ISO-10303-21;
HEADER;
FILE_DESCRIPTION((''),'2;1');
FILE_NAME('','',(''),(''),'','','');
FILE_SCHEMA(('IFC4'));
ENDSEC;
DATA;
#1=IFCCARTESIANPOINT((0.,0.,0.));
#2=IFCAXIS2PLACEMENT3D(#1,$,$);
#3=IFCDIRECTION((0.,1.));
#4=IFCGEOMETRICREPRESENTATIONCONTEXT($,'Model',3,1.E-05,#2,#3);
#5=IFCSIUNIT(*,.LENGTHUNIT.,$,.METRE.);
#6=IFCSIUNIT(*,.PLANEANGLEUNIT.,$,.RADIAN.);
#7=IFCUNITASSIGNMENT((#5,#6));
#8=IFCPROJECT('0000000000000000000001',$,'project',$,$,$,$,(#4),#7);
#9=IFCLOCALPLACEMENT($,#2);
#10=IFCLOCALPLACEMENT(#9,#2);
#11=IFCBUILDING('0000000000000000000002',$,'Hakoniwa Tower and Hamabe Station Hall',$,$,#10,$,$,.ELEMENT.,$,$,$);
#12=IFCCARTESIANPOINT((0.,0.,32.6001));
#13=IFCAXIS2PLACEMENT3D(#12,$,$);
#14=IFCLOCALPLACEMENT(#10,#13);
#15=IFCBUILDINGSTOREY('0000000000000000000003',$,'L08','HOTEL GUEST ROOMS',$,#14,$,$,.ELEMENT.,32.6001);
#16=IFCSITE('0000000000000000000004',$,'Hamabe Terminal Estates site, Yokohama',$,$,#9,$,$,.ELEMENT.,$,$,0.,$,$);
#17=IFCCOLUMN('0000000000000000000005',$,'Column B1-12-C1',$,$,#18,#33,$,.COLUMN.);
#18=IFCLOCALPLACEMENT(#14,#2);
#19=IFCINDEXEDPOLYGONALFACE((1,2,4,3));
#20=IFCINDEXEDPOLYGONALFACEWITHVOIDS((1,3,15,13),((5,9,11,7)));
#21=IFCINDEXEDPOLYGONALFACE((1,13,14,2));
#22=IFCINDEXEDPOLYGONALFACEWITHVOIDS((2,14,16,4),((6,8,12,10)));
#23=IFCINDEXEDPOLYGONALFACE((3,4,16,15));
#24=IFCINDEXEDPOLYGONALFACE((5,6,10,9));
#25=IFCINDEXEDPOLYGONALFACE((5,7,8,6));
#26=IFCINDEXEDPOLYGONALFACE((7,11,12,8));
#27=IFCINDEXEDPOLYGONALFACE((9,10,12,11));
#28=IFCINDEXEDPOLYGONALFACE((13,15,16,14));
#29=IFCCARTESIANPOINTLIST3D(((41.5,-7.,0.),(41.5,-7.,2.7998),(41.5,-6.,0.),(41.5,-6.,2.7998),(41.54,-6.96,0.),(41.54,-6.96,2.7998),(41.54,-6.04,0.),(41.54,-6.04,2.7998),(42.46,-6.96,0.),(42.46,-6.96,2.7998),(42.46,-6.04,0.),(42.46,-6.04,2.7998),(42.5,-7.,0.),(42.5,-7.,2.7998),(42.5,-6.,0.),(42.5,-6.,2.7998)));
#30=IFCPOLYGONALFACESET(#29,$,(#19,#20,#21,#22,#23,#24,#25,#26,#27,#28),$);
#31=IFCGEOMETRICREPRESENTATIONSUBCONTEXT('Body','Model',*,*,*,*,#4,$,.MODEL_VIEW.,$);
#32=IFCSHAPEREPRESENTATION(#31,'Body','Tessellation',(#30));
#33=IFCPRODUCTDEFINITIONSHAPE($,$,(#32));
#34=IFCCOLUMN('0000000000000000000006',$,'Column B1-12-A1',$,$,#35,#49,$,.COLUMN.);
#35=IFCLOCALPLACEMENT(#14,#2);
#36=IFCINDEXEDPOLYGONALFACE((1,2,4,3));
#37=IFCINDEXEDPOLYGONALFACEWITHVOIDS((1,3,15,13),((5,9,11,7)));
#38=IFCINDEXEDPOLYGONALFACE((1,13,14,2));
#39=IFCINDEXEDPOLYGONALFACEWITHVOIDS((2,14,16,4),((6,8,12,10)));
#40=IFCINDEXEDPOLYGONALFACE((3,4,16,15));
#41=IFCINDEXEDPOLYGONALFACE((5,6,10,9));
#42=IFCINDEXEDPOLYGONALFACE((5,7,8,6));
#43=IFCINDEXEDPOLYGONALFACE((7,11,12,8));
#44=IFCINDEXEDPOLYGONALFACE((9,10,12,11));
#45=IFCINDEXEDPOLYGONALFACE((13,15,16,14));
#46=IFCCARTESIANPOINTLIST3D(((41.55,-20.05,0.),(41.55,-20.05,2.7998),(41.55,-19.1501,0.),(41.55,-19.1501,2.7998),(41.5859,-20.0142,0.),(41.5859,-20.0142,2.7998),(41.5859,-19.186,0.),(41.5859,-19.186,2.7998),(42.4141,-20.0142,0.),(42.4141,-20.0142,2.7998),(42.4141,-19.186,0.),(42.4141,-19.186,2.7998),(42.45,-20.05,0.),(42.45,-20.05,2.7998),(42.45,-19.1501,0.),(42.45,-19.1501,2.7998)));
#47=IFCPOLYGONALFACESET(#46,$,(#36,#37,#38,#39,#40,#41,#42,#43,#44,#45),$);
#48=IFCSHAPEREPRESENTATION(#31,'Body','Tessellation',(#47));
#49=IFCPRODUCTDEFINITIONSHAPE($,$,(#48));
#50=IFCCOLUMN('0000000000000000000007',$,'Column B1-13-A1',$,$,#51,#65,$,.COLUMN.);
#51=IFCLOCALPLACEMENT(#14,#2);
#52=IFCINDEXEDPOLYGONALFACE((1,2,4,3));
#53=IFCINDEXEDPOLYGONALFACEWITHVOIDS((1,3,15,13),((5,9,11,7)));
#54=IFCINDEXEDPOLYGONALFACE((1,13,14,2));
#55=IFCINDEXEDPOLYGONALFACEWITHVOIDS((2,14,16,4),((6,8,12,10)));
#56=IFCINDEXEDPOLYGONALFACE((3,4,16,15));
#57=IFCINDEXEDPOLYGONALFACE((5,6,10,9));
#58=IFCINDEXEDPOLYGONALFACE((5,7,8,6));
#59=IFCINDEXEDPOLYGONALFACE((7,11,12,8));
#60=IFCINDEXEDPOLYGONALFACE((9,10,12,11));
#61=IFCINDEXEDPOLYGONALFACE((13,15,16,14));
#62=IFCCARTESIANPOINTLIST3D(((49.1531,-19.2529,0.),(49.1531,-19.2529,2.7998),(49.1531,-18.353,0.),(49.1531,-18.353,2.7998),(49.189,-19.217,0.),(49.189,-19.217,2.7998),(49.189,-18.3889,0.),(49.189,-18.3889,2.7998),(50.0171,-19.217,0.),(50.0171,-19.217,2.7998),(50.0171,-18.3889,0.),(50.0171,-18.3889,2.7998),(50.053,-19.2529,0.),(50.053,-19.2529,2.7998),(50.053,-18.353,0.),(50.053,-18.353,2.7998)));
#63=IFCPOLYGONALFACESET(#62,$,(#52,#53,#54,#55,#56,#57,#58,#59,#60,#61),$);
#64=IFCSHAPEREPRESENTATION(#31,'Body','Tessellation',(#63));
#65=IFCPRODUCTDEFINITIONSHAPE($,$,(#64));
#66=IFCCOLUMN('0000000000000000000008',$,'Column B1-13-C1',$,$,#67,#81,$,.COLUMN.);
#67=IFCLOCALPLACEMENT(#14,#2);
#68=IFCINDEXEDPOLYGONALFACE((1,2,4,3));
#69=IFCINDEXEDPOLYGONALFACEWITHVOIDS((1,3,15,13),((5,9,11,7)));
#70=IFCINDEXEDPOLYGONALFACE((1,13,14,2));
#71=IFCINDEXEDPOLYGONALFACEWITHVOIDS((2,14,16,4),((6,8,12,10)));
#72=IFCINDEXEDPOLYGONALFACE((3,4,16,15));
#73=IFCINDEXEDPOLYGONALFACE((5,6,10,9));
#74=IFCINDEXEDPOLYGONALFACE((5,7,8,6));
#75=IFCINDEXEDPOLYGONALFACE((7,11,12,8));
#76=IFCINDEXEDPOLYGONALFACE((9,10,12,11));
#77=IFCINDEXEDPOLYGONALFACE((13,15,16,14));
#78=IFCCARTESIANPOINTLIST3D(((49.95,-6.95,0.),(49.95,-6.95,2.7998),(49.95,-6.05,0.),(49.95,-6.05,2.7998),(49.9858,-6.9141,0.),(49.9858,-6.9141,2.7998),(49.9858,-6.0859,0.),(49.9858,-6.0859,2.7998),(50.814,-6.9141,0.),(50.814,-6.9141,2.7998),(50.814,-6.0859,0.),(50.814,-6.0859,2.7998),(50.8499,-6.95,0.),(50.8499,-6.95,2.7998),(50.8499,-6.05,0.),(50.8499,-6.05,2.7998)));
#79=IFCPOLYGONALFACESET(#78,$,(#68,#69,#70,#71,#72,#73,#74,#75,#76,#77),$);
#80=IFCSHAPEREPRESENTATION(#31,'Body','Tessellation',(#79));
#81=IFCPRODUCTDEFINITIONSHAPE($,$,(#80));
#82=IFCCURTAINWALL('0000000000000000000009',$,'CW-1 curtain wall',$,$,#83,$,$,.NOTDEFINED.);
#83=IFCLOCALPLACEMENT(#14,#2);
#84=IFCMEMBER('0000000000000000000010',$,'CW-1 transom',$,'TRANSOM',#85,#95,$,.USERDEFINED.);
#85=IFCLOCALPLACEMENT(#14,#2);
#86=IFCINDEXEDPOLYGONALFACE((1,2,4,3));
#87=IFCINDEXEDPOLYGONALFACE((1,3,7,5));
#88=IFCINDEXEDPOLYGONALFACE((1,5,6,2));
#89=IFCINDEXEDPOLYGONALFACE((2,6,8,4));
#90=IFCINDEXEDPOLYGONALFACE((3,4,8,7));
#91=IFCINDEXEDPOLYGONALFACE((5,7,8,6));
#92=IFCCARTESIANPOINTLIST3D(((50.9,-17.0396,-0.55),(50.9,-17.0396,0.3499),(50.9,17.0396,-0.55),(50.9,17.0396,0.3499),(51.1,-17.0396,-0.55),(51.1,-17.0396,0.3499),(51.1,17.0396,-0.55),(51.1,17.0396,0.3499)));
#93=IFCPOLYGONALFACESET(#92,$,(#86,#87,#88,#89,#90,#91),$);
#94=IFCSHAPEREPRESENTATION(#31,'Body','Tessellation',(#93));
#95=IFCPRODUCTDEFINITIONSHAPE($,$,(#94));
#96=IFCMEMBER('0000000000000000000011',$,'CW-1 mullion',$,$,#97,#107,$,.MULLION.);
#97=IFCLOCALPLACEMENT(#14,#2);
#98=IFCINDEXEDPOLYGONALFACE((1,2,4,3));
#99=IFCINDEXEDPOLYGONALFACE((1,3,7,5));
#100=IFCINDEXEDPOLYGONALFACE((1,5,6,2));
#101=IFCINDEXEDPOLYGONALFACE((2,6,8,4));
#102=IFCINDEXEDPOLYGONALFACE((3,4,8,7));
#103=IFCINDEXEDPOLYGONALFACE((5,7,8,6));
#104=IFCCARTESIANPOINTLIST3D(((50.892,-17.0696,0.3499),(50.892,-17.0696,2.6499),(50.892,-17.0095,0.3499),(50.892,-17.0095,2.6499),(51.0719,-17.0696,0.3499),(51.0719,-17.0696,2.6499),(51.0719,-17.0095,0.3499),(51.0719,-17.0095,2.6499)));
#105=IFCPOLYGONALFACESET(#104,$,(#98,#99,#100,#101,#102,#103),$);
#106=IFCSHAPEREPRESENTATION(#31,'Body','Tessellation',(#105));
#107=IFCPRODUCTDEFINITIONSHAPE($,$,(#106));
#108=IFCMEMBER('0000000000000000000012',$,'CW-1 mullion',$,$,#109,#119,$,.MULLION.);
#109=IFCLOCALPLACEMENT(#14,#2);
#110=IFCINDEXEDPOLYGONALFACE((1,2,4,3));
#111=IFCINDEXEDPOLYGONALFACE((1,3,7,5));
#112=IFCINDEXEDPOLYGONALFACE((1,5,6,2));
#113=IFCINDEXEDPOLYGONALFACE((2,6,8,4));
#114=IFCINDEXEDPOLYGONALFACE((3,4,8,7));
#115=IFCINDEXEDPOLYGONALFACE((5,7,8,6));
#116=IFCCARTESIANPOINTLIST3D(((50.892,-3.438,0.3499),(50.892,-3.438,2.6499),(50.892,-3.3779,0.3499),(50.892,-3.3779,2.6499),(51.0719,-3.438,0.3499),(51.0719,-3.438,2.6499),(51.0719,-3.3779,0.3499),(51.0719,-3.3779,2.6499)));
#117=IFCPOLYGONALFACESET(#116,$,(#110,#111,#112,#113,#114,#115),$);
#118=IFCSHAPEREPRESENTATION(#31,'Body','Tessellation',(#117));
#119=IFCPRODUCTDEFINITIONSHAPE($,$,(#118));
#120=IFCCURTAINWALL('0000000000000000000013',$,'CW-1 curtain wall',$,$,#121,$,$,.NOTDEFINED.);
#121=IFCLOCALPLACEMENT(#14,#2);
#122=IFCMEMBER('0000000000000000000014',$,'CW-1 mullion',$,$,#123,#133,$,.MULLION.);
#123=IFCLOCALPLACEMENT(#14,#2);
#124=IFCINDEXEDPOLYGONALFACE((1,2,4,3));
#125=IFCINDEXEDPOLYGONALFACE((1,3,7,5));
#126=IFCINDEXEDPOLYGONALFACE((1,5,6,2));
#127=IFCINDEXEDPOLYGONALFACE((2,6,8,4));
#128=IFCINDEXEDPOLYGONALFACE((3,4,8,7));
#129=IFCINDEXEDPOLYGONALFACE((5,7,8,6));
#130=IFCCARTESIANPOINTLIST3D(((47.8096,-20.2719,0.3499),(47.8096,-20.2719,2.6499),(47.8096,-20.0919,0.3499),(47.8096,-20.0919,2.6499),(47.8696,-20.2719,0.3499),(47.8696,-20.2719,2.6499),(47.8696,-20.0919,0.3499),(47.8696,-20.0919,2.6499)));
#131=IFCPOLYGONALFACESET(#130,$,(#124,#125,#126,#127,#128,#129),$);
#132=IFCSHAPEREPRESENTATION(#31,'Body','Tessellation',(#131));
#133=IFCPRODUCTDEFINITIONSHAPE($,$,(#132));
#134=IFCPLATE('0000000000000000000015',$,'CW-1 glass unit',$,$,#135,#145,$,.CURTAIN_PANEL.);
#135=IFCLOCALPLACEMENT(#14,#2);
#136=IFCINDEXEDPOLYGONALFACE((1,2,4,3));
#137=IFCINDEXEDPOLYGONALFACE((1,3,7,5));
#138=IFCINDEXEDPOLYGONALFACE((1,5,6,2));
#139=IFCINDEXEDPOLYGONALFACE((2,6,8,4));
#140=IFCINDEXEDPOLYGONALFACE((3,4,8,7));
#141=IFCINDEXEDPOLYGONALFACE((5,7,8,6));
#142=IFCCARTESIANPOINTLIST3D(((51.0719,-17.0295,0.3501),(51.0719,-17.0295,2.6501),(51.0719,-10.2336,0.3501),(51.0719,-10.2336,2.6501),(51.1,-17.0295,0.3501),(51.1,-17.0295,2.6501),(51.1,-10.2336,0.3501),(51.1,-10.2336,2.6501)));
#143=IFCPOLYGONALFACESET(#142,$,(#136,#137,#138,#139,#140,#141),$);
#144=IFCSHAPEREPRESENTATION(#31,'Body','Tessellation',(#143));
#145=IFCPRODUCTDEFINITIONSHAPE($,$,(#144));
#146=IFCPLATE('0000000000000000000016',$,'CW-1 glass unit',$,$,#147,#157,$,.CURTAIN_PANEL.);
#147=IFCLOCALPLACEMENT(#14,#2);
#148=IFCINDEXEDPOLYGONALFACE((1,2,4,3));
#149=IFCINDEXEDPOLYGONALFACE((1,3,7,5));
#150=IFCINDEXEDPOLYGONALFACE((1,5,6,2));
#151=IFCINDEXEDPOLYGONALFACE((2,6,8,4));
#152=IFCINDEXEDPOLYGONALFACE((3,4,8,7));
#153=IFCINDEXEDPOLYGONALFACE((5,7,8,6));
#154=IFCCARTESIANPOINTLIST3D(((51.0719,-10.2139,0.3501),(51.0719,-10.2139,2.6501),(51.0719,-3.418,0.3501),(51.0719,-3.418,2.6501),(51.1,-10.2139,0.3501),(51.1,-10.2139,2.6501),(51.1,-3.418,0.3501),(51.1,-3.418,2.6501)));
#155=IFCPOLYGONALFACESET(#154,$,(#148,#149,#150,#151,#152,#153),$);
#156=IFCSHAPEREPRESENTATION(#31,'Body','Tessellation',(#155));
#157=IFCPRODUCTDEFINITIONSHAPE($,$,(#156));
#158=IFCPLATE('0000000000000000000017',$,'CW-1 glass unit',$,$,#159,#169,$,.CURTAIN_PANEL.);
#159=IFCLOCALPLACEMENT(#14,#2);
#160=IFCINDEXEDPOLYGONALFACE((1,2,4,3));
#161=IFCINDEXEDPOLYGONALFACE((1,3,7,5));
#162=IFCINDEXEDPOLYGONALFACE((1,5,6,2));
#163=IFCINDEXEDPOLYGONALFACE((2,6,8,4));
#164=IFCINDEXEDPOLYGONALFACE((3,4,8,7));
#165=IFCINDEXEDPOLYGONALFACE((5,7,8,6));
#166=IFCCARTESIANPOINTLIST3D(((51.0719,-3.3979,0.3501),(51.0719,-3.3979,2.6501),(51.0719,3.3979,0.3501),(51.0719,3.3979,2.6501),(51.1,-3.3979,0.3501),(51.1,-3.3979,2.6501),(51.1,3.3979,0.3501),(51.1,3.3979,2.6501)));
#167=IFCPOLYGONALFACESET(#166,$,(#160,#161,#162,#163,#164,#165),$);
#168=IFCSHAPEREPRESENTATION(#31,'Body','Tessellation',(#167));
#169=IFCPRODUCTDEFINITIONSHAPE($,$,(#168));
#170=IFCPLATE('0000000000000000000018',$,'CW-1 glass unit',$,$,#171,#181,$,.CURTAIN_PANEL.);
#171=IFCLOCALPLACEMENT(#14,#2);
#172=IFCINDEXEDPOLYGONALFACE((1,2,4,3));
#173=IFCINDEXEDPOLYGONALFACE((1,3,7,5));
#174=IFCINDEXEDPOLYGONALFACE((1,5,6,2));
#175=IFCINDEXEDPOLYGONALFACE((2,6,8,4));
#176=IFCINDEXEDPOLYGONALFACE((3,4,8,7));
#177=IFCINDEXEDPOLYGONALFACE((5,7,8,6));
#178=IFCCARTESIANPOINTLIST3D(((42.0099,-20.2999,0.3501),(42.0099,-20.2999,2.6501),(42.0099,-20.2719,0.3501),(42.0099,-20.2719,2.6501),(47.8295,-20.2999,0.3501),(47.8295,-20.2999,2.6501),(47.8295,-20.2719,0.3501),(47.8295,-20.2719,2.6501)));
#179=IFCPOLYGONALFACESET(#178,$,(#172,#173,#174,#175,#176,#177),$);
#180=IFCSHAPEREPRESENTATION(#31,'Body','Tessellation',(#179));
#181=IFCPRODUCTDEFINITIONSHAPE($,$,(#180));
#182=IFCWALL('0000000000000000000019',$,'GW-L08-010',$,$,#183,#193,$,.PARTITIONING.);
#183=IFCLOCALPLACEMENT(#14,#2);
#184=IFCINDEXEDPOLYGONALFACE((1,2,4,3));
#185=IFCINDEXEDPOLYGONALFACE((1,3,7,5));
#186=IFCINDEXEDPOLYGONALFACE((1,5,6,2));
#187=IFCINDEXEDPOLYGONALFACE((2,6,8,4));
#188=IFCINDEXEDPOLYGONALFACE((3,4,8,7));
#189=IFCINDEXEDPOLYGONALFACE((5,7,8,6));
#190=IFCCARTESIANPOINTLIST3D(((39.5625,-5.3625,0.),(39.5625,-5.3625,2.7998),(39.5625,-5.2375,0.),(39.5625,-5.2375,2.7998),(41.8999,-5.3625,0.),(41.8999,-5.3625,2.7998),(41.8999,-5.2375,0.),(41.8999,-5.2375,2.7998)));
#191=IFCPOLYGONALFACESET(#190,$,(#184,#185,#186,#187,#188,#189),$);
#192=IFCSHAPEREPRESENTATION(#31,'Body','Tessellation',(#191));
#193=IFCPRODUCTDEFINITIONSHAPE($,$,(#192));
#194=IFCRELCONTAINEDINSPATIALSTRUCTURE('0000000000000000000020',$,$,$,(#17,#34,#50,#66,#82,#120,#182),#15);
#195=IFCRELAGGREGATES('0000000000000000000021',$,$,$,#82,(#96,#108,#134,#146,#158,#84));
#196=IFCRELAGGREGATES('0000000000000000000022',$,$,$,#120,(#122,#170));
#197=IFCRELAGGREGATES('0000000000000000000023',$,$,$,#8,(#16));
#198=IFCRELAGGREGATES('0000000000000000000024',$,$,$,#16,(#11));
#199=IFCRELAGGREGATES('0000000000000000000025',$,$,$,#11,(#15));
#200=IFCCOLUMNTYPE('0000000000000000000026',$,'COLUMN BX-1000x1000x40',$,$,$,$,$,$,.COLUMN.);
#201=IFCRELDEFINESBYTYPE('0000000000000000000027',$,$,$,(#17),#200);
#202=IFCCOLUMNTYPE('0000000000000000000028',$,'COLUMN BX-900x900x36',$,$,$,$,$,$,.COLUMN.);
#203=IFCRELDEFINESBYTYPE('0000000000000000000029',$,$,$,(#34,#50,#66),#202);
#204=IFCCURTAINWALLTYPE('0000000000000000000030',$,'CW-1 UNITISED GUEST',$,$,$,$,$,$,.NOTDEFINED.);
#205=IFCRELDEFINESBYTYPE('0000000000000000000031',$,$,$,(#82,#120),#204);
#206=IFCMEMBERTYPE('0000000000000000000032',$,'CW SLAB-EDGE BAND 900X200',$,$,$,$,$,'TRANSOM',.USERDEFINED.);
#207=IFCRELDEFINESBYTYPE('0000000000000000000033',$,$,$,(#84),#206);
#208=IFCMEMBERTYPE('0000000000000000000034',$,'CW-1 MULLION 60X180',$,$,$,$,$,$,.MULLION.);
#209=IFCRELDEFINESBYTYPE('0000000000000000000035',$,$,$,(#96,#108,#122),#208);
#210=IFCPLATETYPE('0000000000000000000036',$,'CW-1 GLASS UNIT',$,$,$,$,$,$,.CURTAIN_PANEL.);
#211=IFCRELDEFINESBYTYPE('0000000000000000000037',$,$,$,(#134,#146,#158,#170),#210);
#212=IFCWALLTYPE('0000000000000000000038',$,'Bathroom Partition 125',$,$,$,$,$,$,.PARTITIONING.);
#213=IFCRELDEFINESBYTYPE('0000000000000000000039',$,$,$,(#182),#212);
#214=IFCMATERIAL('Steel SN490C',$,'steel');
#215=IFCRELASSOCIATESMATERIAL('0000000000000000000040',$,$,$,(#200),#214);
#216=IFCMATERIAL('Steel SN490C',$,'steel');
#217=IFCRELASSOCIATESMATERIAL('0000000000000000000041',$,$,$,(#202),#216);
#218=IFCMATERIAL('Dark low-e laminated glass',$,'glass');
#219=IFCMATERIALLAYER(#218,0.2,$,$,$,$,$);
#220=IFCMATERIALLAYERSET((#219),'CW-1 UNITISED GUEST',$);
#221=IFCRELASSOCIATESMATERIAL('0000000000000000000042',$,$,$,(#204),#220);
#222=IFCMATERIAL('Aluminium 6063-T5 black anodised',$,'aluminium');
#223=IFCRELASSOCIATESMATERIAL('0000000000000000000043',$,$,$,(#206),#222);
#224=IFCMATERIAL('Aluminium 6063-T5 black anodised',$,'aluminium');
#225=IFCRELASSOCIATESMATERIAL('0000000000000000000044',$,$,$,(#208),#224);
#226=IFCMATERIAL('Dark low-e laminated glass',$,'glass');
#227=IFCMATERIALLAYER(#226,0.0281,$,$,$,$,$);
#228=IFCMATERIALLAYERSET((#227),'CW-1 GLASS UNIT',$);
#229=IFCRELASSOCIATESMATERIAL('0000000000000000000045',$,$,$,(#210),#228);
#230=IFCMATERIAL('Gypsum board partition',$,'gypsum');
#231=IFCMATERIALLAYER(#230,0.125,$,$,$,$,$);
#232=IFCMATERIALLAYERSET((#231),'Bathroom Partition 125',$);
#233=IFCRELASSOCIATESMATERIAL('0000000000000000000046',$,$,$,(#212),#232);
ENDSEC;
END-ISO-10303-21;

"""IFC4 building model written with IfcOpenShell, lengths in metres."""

from ifc_helpers import new_model, si_unit, direction, frame, frame_2d, origin, origin_2d, place, context, subcontext, project, spatial, rectangle, hollow_rectangle, extrude, material, layer, layer_set, material_profile, profile_set, type_object, element, aggregate, save


model = new_model("IFC4")

# Units and contexts
model_context = context("Model", 3, precision=1e-05, world=origin(), true_north=direction((0.0, 1.0)))
body_context = subcontext(model_context, "Body", "Model", "MODEL_VIEW")
ifc_project = project(units=[si_unit("LENGTHUNIT", "METRE"), si_unit("PLANEANGLEUNIT", "RADIAN")], contexts=[model_context])

# Site, building, storey
site_placement = place(None, origin())
site = spatial("IfcSite", under=ifc_project, at=site_placement, Name="Hamabe Terminal Estates site, Yokohama", CompositionType="ELEMENT", RefElevation=0.0)
building_placement = place(site_placement, origin())
building = spatial("IfcBuilding", under=site, at=building_placement, Name="Hakoniwa Tower and Hamabe Station Hall", CompositionType="ELEMENT")
storey_placement = place(building_placement, frame((0.0, 0.0, 32.6001)))
storey = spatial("IfcBuildingStorey", under=building, at=storey_placement, Name="L08", Description="HOTEL GUEST ROOMS", CompositionType="ELEMENT", Elevation=32.6001)

# Columns
ifc_material_1 = material(Name="Steel SN490C", Category="steel")
ifc_material_profile_1 = material_profile(ifc_material_1, hollow_rectangle(XDim=1.0, YDim=1.0, WallThickness=0.04, at=origin_2d()), Name="BX-1000x1000x40")
ifc_profile_set_1 = profile_set([ifc_material_profile_1], Name="Steel SN490C")
column_type_1 = type_object("IfcColumnType", Name="COLUMN BX-1000x1000x40", PredefinedType="COLUMN", material=ifc_profile_set_1)
column_placement = place(storey_placement, frame((42.0, -6.5, 0.0), z_axis=(0.0, 0.0, 1.0), x_axis=(1.0, 0.0, 0.0)))
element("IfcColumn", 1, at=column_placement, inside=storey, type_object=column_type_1, Name="Column B1-12-C1", PredefinedType="COLUMN", context=body_context, shape_type="SweptSolid", body=[
    extrude(hollow_rectangle(XDim=1.0, YDim=1.0, WallThickness=0.04, at=origin_2d()), origin(), (0.0, 0.0, 1.0), 2.7998),
])
ifc_material_2 = material(Name="Steel SN490C", Category="steel")
ifc_material_profile_2 = material_profile(ifc_material_2, hollow_rectangle(XDim=0.8999, YDim=0.8999, WallThickness=0.0359, at=origin_2d()), Name="BX-900x900x36")
ifc_profile_set_2 = profile_set([ifc_material_profile_2], Name="Steel SN490C")
column_type_2 = type_object("IfcColumnType", Name="COLUMN BX-900x900x36", PredefinedType="COLUMN", material=ifc_profile_set_2)
for number, where, z_axis, x_axis, name in (
    (2, (42.0, -19.6001, 0.0), (0.0, 0.0, 1.0), (1.0, 0.0, 0.0), "Column B1-12-A1"),
    (3, (49.603, -18.803, 0.0), (0.0, 0.0, 1.0), (1.0, 0.0, 0.0), "Column B1-13-A1"),
    (4, (50.3999, -6.5, 0.0), (0.0, 0.0, 1.0), (1.0, 0.0, 0.0), "Column B1-13-C1"),
):
    element("IfcColumn", number, at=place(storey_placement, frame(where, z_axis=z_axis, x_axis=x_axis)), inside=storey, type_object=column_type_2, Name=name, PredefinedType="COLUMN", context=body_context, shape_type="SweptSolid", body=[
        extrude(hollow_rectangle(XDim=0.8999, YDim=0.8999, WallThickness=0.0359, at=origin_2d()), origin(), (0.0, 0.0, 1.0), 2.7998),
    ])

# Curtain wall, members
ifc_material_3 = material(Name="Dark low-e laminated glass", Category="glass")
ifc_layer_1 = layer(ifc_material_3, 0.2)
ifc_layer_set_1 = layer_set([ifc_layer_1], Name="CW-1 UNITISED GUEST")
curtain_wall_type = type_object("IfcCurtainWallType", Name="CW-1 UNITISED GUEST", PredefinedType="NOTDEFINED", material=ifc_layer_set_1)
curtain_wall_1_placement = place(storey_placement, origin())
curtain_wall_1 = element("IfcCurtainWall", 5, at=curtain_wall_1_placement, inside=storey, type_object=curtain_wall_type, Name="CW-1 curtain wall", PredefinedType="NOTDEFINED")
ifc_material_4 = material(Name="Aluminium 6063-T5 black anodised", Category="aluminium")
ifc_material_profile_3 = material_profile(ifc_material_4, rectangle(XDim=0.2, YDim=0.8999, at=origin_2d()), Name="CW SLAB-EDGE BAND 900X200")
ifc_profile_set_3 = profile_set([ifc_material_profile_3], Name="Aluminium 6063-T5 black anodised")
member_type_1 = type_object("IfcMemberType", Name="CW SLAB-EDGE BAND 900X200", ElementType="TRANSOM", PredefinedType="USERDEFINED", material=ifc_profile_set_3)
member_1_placement = place(storey_placement, frame((51.0, -17.0396, -0.1001), z_axis=(0.0, 1.0, 0.0), x_axis=(-1.0, 0.0, 0.0)))
member_1 = element("IfcMember", 6, at=member_1_placement, type_object=member_type_1, Name="CW-1 transom", ObjectType="TRANSOM", PredefinedType="USERDEFINED", context=body_context, shape_type="SweptSolid", body=[
    extrude(rectangle(XDim=0.2, YDim=0.8999, at=origin_2d()), origin(), (0.0, 0.0, 1.0), 34.0791),
])
ifc_material_5 = material(Name="Aluminium 6063-T5 black anodised", Category="aluminium")
ifc_material_profile_4 = material_profile(ifc_material_5, rectangle(XDim=0.0601, YDim=0.1799, at=origin_2d()), Name="CW-1 MULLION 60X180")
ifc_profile_set_4 = profile_set([ifc_material_profile_4], Name="Aluminium 6063-T5 black anodised")
member_type_2 = type_object("IfcMemberType", Name="CW-1 MULLION 60X180", PredefinedType="MULLION", material=ifc_profile_set_4)
member_2_placement = place(storey_placement, frame((50.9819, -17.0396, 0.3499), z_axis=(0.0, 0.0, 1.0), x_axis=(0.0, 1.0, 0.0)))
member_2 = element("IfcMember", 7, at=member_2_placement, type_object=member_type_2, Name="CW-1 mullion", PredefinedType="MULLION", context=body_context, shape_type="SweptSolid", body=[
    extrude(rectangle(XDim=0.0601, YDim=0.1799, at=origin_2d()), origin(), (0.0, 0.0, 1.0), 2.3),
])
member_3_placement = place(storey_placement, frame((50.9819, -3.408, 0.3499), z_axis=(0.0, 0.0, 1.0), x_axis=(0.0, 1.0, 0.0)))
member_3 = element("IfcMember", 8, at=member_3_placement, type_object=member_type_2, Name="CW-1 mullion", PredefinedType="MULLION", context=body_context, shape_type="SweptSolid", body=[
    extrude(rectangle(XDim=0.0601, YDim=0.1799, at=origin_2d()), origin(), (0.0, 0.0, 1.0), 2.3),
])

# Curtain wall, member
curtain_wall_2_placement = place(storey_placement, origin())
curtain_wall_2 = element("IfcCurtainWall", 9, at=curtain_wall_2_placement, inside=storey, type_object=curtain_wall_type, Name="CW-1 curtain wall", PredefinedType="NOTDEFINED")
member_4_placement = place(storey_placement, frame((47.8396, -20.1819, 0.3499), z_axis=(0.0, 0.0, 1.0), x_axis=(1.0, 0.0, 0.0)))
member_4 = element("IfcMember", 10, at=member_4_placement, type_object=member_type_2, Name="CW-1 mullion", PredefinedType="MULLION", context=body_context, shape_type="SweptSolid", body=[
    extrude(rectangle(XDim=0.0601, YDim=0.1799, at=origin_2d()), origin(), (0.0, 0.0, 1.0), 2.3),
])

# Plates
ifc_material_6 = material(Name="Dark low-e laminated glass", Category="glass")
ifc_layer_2 = layer(ifc_material_6, 0.0281)
ifc_layer_set_2 = layer_set([ifc_layer_2], Name="CW-1 GLASS UNIT")
plate_type = type_object("IfcPlateType", Name="CW-1 GLASS UNIT", PredefinedType="CURTAIN_PANEL", material=ifc_layer_set_2)
plate_1_placement = place(storey_placement, frame((51.0859, -13.6316, 0.3501), z_axis=(0.0, 0.0, 1.0), x_axis=(0.0, 1.0, 0.0)))
plate_1 = element("IfcPlate", 11, at=plate_1_placement, type_object=plate_type, Name="CW-1 glass unit", PredefinedType="CURTAIN_PANEL", context=body_context, shape_type="SweptSolid", body=[
    extrude(rectangle(XDim=6.7959, YDim=0.0281, at=origin_2d()), origin(), (0.0, 0.0, 1.0), 2.3),
])
plate_2_placement = place(storey_placement, frame((51.0859, -6.8159, 0.3501), z_axis=(0.0, 0.0, 1.0), x_axis=(0.0, 1.0, 0.0)))
plate_2 = element("IfcPlate", 12, at=plate_2_placement, type_object=plate_type, Name="CW-1 glass unit", PredefinedType="CURTAIN_PANEL", context=body_context, shape_type="SweptSolid", body=[
    extrude(rectangle(XDim=6.7959, YDim=0.0281, at=origin_2d()), origin(), (0.0, 0.0, 1.0), 2.3),
])
plate_3_placement = place(storey_placement, frame((51.0859, 0.0, 0.3501), z_axis=(0.0, 0.0, 1.0), x_axis=(0.0, 1.0, 0.0)))
plate_3 = element("IfcPlate", 13, at=plate_3_placement, type_object=plate_type, Name="CW-1 glass unit", PredefinedType="CURTAIN_PANEL", context=body_context, shape_type="SweptSolid", body=[
    extrude(rectangle(XDim=6.7959, YDim=0.0281, at=origin_2d()), origin(), (0.0, 0.0, 1.0), 2.3),
])
aggregate(curtain_wall_1, [member_2, member_3, plate_1, plate_2, plate_3, member_1])
plate_4_placement = place(storey_placement, frame((44.9197, -20.2859, 0.3501), z_axis=(0.0, 0.0, 1.0), x_axis=(1.0, 0.0, 0.0)))
plate_4 = element("IfcPlate", 14, at=plate_4_placement, type_object=plate_type, Name="CW-1 glass unit", PredefinedType="CURTAIN_PANEL", context=body_context, shape_type="SweptSolid", body=[
    extrude(rectangle(XDim=5.8196, YDim=0.0281, at=origin_2d()), origin(), (0.0, 0.0, 1.0), 2.3),
])
aggregate(curtain_wall_2, [member_4, plate_4])

# Wall
ifc_material_7 = material(Name="Gypsum board partition", Category="gypsum")
ifc_layer_3 = layer(ifc_material_7, 0.125)
ifc_layer_set_3 = layer_set([ifc_layer_3], Name="Bathroom Partition 125")
wall_type_1 = type_object("IfcWallType", Name="Bathroom Partition 125", PredefinedType="PARTITIONING", material=ifc_layer_set_3)
wall_1_placement = place(storey_placement, frame((39.5625, -5.3, 0.0), z_axis=(0.0, 0.0, 1.0), x_axis=(1.0, 0.0, 0.0)))
element("IfcWall", 15, at=wall_1_placement, inside=storey, type_object=wall_type_1, Name="GW-L08-010", PredefinedType="PARTITIONING", context=body_context, shape_type="SweptSolid", body=[
    extrude(rectangle(XDim=2.3374, YDim=0.125, at=frame_2d((1.1687, 0.0))), origin(), (0.0, 0.0, 1.0), 2.7998),
])

save(model, "model.ifc")
